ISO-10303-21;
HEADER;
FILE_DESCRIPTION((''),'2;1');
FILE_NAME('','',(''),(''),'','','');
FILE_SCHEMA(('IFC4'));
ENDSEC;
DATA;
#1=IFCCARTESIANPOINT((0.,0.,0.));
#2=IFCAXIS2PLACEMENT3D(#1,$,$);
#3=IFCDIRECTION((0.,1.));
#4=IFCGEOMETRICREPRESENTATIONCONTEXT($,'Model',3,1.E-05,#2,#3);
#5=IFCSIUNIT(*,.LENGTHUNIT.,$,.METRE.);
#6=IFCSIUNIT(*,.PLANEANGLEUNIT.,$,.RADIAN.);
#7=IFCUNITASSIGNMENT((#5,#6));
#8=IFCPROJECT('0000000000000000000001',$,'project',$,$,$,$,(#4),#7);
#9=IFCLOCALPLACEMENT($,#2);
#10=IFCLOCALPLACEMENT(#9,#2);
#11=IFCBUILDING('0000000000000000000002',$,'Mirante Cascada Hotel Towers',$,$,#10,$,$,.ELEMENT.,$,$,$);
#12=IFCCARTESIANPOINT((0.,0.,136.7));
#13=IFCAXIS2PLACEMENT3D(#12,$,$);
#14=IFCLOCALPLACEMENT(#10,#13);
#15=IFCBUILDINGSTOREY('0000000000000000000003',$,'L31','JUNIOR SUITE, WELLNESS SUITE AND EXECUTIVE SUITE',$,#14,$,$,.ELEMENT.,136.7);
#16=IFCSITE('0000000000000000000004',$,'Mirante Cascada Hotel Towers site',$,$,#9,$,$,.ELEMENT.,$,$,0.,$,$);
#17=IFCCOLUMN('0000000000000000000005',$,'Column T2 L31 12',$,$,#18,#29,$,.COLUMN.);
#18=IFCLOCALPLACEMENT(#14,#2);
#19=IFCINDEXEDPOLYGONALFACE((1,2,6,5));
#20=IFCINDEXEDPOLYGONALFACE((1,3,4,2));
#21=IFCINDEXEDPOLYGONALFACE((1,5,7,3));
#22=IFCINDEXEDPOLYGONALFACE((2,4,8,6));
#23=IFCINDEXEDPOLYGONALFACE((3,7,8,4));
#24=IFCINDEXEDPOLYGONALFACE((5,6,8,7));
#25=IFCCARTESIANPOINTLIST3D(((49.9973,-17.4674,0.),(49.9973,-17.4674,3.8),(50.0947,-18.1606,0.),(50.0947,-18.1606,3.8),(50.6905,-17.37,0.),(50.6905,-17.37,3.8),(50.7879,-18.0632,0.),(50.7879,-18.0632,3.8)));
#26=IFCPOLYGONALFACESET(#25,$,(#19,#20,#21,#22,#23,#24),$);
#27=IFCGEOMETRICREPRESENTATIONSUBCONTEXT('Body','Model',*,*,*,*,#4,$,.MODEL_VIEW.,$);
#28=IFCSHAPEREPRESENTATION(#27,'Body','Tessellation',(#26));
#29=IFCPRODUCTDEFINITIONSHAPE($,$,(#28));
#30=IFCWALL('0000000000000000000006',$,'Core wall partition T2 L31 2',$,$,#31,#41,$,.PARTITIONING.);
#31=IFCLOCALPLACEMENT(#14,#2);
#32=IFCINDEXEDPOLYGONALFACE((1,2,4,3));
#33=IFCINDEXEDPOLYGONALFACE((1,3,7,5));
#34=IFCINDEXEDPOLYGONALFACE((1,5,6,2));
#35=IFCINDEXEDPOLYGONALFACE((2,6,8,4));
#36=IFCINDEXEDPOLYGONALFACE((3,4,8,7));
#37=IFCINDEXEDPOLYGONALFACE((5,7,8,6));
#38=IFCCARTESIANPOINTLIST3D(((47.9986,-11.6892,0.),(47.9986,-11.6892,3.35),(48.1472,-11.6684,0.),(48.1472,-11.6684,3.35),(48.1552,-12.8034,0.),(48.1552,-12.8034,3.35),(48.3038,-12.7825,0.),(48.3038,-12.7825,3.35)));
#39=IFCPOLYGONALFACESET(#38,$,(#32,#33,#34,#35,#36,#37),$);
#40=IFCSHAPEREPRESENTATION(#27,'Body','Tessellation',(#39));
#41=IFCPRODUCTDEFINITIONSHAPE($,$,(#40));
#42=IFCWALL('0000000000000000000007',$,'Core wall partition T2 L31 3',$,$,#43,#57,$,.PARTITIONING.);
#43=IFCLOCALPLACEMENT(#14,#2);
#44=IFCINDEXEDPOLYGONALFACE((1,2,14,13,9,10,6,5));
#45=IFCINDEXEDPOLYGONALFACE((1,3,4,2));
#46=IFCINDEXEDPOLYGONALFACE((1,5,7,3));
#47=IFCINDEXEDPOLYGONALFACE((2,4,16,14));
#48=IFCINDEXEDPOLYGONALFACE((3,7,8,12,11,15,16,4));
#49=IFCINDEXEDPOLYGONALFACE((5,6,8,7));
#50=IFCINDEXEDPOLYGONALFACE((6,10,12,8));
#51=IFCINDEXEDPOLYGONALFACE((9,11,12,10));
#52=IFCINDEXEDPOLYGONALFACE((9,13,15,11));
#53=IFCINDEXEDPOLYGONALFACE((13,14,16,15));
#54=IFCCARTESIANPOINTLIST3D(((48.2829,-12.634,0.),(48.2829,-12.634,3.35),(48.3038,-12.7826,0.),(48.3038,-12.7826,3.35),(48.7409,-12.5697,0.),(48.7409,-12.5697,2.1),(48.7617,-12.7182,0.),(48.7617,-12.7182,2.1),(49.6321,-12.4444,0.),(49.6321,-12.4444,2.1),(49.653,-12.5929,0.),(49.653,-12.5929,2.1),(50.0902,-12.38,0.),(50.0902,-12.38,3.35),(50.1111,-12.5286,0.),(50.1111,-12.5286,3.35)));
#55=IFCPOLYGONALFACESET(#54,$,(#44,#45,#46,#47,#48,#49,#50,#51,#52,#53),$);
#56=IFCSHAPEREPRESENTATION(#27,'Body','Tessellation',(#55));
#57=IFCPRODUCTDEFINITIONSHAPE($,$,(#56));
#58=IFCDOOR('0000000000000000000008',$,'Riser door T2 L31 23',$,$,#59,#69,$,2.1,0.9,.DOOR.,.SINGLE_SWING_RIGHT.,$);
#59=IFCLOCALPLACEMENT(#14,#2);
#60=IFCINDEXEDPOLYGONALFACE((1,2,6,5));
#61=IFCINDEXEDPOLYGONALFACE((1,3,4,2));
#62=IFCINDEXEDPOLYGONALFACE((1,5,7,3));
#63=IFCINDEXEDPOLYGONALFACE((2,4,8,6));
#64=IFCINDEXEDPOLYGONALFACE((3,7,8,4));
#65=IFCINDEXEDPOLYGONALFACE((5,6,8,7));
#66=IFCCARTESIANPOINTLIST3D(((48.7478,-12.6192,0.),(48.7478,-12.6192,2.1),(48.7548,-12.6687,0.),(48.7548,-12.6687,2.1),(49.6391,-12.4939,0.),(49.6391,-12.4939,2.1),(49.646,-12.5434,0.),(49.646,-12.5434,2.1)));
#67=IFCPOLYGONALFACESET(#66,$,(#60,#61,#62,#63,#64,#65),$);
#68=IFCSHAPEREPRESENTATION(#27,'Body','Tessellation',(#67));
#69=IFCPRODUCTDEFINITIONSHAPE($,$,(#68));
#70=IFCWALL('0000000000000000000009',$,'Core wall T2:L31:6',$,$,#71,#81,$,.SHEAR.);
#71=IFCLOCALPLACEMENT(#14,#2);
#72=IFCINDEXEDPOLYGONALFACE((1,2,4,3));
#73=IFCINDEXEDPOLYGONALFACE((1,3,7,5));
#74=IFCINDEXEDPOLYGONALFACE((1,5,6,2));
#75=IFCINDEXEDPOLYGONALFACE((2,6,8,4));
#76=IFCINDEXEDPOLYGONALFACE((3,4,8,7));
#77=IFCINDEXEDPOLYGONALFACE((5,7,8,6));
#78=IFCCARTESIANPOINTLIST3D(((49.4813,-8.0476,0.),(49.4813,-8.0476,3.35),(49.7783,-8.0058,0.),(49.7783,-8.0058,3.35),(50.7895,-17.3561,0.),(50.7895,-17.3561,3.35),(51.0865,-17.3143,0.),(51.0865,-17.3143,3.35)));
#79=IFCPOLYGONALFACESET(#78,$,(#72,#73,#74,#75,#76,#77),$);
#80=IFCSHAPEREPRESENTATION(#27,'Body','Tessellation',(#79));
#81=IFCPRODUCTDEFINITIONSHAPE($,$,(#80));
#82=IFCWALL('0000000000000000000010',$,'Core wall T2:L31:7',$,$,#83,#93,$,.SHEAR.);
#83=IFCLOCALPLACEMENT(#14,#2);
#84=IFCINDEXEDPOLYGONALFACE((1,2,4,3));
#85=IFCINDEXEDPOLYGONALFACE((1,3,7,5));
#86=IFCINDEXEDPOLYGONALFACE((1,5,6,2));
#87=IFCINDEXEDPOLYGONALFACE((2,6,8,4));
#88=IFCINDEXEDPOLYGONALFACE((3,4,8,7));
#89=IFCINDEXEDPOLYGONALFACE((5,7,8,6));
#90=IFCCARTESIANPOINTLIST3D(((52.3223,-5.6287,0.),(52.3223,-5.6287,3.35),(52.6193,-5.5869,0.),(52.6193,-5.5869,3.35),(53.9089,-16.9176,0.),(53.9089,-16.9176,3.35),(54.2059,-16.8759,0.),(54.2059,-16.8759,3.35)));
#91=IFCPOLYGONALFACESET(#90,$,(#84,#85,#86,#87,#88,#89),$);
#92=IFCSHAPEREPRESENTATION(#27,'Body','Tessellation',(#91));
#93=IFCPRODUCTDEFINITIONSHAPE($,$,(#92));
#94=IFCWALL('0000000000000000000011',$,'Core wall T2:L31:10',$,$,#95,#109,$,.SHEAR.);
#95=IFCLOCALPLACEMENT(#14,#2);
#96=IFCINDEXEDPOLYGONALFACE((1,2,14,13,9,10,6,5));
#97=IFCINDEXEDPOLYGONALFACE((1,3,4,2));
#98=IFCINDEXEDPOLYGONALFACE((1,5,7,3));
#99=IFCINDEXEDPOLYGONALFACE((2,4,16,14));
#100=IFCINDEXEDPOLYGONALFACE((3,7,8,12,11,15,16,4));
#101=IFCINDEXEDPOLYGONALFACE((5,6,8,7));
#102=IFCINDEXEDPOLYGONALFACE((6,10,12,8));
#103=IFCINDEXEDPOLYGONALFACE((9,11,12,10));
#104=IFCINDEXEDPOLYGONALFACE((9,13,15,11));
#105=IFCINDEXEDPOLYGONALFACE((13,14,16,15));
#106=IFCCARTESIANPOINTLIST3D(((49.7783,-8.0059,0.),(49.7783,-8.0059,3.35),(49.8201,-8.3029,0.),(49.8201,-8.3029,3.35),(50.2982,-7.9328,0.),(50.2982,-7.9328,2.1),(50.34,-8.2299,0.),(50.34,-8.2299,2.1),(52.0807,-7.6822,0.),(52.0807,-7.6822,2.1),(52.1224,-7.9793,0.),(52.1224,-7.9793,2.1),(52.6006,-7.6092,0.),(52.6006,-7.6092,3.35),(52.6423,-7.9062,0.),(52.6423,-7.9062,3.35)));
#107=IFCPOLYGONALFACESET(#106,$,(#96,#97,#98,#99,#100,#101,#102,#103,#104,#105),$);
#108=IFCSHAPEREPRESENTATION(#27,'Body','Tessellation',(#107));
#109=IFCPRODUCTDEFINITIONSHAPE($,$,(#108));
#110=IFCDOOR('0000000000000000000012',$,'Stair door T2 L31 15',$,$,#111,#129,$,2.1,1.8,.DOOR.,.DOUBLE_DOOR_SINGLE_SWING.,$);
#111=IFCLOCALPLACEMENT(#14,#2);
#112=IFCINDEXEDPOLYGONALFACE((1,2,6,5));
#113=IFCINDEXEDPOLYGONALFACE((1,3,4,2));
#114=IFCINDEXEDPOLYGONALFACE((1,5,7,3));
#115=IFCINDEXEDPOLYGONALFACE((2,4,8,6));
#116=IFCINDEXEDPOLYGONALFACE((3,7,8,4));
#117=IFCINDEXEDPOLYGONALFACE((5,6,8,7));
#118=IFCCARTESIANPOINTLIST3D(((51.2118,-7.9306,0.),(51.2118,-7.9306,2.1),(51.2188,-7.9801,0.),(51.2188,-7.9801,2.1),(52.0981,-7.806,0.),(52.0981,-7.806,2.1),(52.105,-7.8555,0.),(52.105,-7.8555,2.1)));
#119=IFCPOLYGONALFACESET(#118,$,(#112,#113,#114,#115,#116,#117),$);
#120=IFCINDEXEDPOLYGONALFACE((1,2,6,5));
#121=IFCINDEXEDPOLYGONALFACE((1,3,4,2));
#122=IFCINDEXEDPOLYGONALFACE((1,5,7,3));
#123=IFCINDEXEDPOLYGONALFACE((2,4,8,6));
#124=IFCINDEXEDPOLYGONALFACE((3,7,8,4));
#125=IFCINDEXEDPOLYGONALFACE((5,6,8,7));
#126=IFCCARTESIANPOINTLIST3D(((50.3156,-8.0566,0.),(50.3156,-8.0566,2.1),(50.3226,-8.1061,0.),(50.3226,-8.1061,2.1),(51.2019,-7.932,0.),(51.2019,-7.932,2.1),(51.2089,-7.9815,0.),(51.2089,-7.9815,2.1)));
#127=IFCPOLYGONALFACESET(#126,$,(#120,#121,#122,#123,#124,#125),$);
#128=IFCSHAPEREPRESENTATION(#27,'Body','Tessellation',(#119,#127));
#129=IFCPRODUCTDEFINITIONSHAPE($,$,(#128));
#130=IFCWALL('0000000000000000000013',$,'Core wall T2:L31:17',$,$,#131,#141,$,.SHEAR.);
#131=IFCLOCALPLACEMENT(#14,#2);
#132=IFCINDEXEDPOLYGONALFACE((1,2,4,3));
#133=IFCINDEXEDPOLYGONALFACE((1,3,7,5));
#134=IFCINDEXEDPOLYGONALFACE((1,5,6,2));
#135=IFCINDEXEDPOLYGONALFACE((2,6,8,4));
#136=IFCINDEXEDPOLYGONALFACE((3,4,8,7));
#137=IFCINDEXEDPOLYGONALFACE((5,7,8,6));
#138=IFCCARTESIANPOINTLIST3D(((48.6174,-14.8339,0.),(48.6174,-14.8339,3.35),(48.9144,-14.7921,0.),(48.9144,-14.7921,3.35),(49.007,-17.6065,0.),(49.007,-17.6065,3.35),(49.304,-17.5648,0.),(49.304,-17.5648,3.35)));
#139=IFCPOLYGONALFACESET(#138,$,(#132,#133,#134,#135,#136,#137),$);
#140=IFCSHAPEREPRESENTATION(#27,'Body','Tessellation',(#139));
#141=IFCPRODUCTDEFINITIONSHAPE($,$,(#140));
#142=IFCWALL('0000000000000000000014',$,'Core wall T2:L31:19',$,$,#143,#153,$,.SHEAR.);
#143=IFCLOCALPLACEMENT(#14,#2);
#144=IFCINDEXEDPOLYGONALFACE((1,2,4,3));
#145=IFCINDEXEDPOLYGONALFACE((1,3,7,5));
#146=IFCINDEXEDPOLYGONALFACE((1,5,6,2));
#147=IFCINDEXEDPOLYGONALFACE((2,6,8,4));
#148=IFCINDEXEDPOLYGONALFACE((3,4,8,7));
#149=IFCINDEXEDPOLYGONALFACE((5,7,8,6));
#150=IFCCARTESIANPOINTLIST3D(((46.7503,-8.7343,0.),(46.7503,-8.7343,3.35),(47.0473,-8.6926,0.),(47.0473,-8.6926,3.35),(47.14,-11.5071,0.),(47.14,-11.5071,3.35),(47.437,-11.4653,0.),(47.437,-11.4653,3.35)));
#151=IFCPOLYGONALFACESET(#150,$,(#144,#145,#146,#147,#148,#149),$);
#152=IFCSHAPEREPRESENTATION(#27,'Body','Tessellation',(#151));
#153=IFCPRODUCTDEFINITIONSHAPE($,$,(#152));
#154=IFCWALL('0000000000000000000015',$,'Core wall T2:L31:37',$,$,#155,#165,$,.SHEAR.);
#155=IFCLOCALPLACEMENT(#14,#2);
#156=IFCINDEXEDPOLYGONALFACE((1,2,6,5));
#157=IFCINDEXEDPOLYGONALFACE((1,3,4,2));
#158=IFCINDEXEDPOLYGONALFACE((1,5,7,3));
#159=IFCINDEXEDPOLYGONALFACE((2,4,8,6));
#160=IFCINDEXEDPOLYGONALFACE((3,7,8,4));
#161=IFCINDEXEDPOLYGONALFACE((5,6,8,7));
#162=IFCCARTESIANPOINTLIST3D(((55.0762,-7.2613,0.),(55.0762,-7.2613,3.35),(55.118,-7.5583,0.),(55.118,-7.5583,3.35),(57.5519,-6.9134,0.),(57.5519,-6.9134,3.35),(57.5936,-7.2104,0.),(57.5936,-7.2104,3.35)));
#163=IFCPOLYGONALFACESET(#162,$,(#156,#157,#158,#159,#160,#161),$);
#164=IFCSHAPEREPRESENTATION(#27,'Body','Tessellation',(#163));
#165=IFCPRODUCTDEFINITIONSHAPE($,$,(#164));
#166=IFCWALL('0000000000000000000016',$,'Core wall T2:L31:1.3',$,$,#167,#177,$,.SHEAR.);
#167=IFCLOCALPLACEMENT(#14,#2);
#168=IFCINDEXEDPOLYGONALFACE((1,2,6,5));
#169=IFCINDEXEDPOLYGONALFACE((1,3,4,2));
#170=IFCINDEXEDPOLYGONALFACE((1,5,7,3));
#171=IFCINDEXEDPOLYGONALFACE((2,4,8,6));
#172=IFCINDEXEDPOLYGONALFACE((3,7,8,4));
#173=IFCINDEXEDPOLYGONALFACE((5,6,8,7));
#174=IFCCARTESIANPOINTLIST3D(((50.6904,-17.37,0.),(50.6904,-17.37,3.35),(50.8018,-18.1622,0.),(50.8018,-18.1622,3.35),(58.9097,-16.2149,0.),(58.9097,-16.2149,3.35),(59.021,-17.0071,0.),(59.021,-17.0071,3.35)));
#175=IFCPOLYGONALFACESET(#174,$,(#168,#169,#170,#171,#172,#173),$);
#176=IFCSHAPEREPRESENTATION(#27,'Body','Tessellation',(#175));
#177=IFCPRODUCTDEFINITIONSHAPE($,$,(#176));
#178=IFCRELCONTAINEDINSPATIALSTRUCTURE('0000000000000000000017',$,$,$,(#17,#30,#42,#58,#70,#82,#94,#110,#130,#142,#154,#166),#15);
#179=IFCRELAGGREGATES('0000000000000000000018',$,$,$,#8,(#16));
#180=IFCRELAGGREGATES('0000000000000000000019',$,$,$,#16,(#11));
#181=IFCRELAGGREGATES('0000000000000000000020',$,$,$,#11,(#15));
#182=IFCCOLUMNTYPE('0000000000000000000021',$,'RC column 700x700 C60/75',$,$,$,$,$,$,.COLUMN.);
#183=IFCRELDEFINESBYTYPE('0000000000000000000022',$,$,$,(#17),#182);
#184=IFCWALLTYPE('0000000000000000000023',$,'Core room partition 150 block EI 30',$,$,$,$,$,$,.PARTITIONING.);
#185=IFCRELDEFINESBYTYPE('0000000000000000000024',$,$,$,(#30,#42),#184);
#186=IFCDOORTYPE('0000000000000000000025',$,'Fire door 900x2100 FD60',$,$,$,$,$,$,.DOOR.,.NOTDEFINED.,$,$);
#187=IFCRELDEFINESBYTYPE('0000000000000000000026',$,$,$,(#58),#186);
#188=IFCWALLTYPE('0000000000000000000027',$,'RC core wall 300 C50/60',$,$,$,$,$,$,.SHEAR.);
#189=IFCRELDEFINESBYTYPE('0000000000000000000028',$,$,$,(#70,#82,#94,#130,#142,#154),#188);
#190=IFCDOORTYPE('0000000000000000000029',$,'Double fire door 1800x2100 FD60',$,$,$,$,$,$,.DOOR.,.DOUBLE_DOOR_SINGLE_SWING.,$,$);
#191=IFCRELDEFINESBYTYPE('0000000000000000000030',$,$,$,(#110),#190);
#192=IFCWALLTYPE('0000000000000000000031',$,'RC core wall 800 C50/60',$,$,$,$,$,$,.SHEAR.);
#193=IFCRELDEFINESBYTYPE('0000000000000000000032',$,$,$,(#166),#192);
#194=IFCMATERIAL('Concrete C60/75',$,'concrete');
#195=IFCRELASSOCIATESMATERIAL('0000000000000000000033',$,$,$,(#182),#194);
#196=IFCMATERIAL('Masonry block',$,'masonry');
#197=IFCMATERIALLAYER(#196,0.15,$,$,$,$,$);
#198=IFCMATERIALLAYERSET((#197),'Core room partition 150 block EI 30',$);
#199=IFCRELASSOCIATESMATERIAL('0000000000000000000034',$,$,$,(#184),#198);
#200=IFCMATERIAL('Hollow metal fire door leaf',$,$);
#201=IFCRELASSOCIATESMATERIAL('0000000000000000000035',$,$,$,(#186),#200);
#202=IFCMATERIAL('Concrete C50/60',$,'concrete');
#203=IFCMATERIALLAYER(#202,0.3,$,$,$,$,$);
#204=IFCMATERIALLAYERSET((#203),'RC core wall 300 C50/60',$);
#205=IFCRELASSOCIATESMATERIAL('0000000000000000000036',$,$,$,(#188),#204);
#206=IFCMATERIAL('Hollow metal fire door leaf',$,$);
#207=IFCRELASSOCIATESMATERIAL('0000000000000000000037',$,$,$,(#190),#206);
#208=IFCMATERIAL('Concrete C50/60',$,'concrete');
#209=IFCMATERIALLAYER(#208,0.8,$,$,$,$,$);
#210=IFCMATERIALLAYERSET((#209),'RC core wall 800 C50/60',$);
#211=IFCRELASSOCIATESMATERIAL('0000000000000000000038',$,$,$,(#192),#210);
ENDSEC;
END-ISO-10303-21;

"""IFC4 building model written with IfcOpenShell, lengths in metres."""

from ifc_helpers import new_model, si_unit, direction, frame, frame_2d, origin, origin_2d, place, context, subcontext, project, spatial, rectangle, extrude, material, layer, layer_set, material_profile, profile_set, type_object, element, fill, save


model = new_model("IFC4")

# Units and contexts
model_context = context("Model", 3, precision=1e-05, world=origin(), true_north=direction((0.0, 1.0)))
body_context = subcontext(model_context, "Body", "Model", "MODEL_VIEW")
ifc_project = project(units=[si_unit("LENGTHUNIT", "METRE"), si_unit("PLANEANGLEUNIT", "RADIAN")], contexts=[model_context])

# Site, building, storey
site_placement = place(None, origin())
site = spatial("IfcSite", under=ifc_project, at=site_placement, Name="Mirante Cascada Hotel Towers site", CompositionType="ELEMENT", RefElevation=0.0)
building_placement = place(site_placement, origin())
building = spatial("IfcBuilding", under=site, at=building_placement, Name="Mirante Cascada Hotel Towers", CompositionType="ELEMENT")
storey_placement = place(building_placement, frame((0.0, 0.0, 136.7)))
storey = spatial("IfcBuildingStorey", under=building, at=storey_placement, Name="L31", Description="JUNIOR SUITE, WELLNESS SUITE AND EXECUTIVE SUITE", CompositionType="ELEMENT", Elevation=136.7)

# Column
ifc_material_1 = material(Name="Concrete C60/75", Category="concrete")
ifc_material_profile = material_profile(ifc_material_1, rectangle(XDim=0.7, YDim=0.7, at=origin_2d()), Name="RC column 700x700 C60/75")
ifc_profile_set = profile_set([ifc_material_profile], Name="Concrete C60/75")
column_type = type_object("IfcColumnType", Name="RC column 700x700 C60/75", PredefinedType="COLUMN", material=ifc_profile_set)
column_placement = place(storey_placement, frame((50.3926, -17.7653, 0.0), z_axis=(0.0, 0.0, 1.0), x_axis=(0.990268, 0.139173, 0.0)))
element("IfcColumn", 1, at=column_placement, inside=storey, type_object=column_type, Name="Column T2 L31 12", PredefinedType="COLUMN", context=body_context, shape_type="SweptSolid", body=[
    extrude(rectangle(XDim=0.7, YDim=0.7, at=origin_2d()), origin(), (0.0, 0.0, 1.0), 3.8),
])

# Wall
ifc_material_2 = material(Name="Masonry block", Category="masonry")
ifc_layer_1 = layer(ifc_material_2, 0.15)
ifc_layer_set_1 = layer_set([ifc_layer_1], Name="Core room partition 150 block EI 30")
wall_type_1 = type_object("IfcWallType", Name="Core room partition 150 block EI 30", PredefinedType="PARTITIONING", material=ifc_layer_set_1)
wall_1_placement = place(storey_placement, frame((48.2295, -12.793, 0.0), z_axis=(0.0, 0.0, 1.0), x_axis=(-0.139193, 0.990265, 0.0)))
element("IfcWall", 2, at=wall_1_placement, inside=storey, type_object=wall_type_1, Name="Core wall partition T2 L31 2", PredefinedType="PARTITIONING", context=body_context, shape_type="SweptSolid", body=[
    extrude(rectangle(XDim=1.1251, YDim=0.15, at=frame_2d((0.5626, 0.0))), origin(), (0.0, 0.0, 1.0), 3.35),
])

# Wall, opening, door
wall_2_placement = place(storey_placement, frame((48.2933, -12.7083, 0.0), z_axis=(0.0, 0.0, 1.0), x_axis=(0.990268, 0.139173, 0.0)))
wall_2 = element("IfcWall", 3, at=wall_2_placement, inside=storey, type_object=wall_type_1, Name="Core wall partition T2 L31 3", PredefinedType="PARTITIONING", context=body_context, shape_type="SweptSolid", body=[
    extrude(rectangle(XDim=1.8251, YDim=0.15, at=frame_2d((0.9126, 0.0))), origin(), (0.0, 0.0, 1.0), 3.35),
])
opening_1_placement = place(wall_2_placement, frame((0.4625, 0.0, 0.0)))
opening_1 = element("IfcOpeningElement", 4, at=opening_1_placement, cuts=wall_2, PredefinedType="OPENING", context=body_context, shape_type="SweptSolid", body=[
    extrude(rectangle(XDim=0.9, YDim=2.1, at=frame_2d((0.45, 1.05))), frame((0.0, 0.075, 0.0), z_axis=(0.0, -1.0, 0.0), x_axis=(1.0, 0.0, 0.0)), (0.0, 0.0, 1.0), 0.15),
])
ifc_material_3 = material(Name="Hollow metal fire door leaf")
door_type_1 = type_object("IfcDoorType", Name="Fire door 900x2100 FD60", OperationType="NOTDEFINED", PredefinedType="DOOR", material=ifc_material_3)
door_1_placement = place(opening_1_placement, frame((0.9, 0.0, 0.0), z_axis=(0.0, 0.0, 1.0), x_axis=(-1.0, 0.0, 0.0)))
door_1 = element("IfcDoor", 5, at=door_1_placement, inside=storey, type_object=door_type_1, Name="Riser door T2 L31 23", OperationType="SINGLE_SWING_RIGHT", OverallHeight=2.1, OverallWidth=0.9, PredefinedType="DOOR", context=body_context, shape_type="SweptSolid", body=[
    extrude(rectangle(XDim=0.9, YDim=2.1, at=frame_2d((0.45, 1.05))), frame((0.0, 0.025, 0.0), z_axis=(0.0, -1.0, 0.0), x_axis=(1.0, 0.0, 0.0)), (0.0, 0.0, 1.0), 0.05),
])
fill(opening_1, door_1)

# Walls
ifc_material_4 = material(Name="Concrete C50/60", Category="concrete")
ifc_layer_2 = layer(ifc_material_4, 0.3)
ifc_layer_set_2 = layer_set([ifc_layer_2], Name="RC core wall 300 C50/60")
wall_type_2 = type_object("IfcWallType", Name="RC core wall 300 C50/60", PredefinedType="SHEAR", material=ifc_layer_set_2)
wall_3_placement = place(storey_placement, frame((50.938, -17.3352, 0.0), z_axis=(0.0, 0.0, 1.0), x_axis=(-0.139171, 0.990268, 0.0)))
element("IfcWall", 6, at=wall_3_placement, inside=storey, type_object=wall_type_2, Name="Core wall T2:L31:6", PredefinedType="SHEAR", context=body_context, shape_type="SweptSolid", body=[
    extrude(rectangle(XDim=9.4, YDim=0.3, at=frame_2d((4.7, 0.0))), origin(), (0.0, 0.0, 1.0), 3.35),
])
wall_4_placement = place(storey_placement, frame((54.0574, -16.8968, 0.0), z_axis=(0.0, 0.0, 1.0), x_axis=(-0.139176, 0.990268, 0.0)))
element("IfcWall", 7, at=wall_4_placement, inside=storey, type_object=wall_type_2, Name="Core wall T2:L31:7", PredefinedType="SHEAR", context=body_context, shape_type="SweptSolid", body=[
    extrude(rectangle(XDim=11.3999, YDim=0.3, at=frame_2d((5.7, 0.0))), origin(), (0.0, 0.0, 1.0), 3.35),
])

# Wall, opening, door
wall_5_placement = place(storey_placement, frame((49.7992, -8.1544, 0.0), z_axis=(0.0, 0.0, 1.0), x_axis=(0.990266, 0.139191, 0.0)))
wall_5 = element("IfcWall", 8, at=wall_5_placement, inside=storey, type_object=wall_type_2, Name="Core wall T2:L31:10", PredefinedType="SHEAR", context=body_context, shape_type="SweptSolid", body=[
    extrude(rectangle(XDim=2.85, YDim=0.3, at=frame_2d((1.425, 0.0))), origin(), (0.0, 0.0, 1.0), 3.35),
])
opening_2_placement = place(wall_5_placement, frame((0.525, 0.0, 0.0)))
opening_2 = element("IfcOpeningElement", 9, at=opening_2_placement, cuts=wall_5, PredefinedType="OPENING", context=body_context, shape_type="SweptSolid", body=[
    extrude(rectangle(XDim=1.8, YDim=2.1, at=frame_2d((0.9, 1.05))), frame((0.0, 0.15, 0.0), z_axis=(0.0, -1.0, 0.0), x_axis=(1.0, 0.0, 0.0)), (0.0, 0.0, 1.0), 0.3),
])
ifc_material_5 = material(Name="Hollow metal fire door leaf")
door_type_2 = type_object("IfcDoorType", Name="Double fire door 1800x2100 FD60", OperationType="DOUBLE_DOOR_SINGLE_SWING", PredefinedType="DOOR", material=ifc_material_5)
door_2_placement = place(opening_2_placement, frame((1.8, 0.0, 0.0), z_axis=(0.0, 0.0, 1.0), x_axis=(-1.0, 0.0, 0.0)))
door_2 = element("IfcDoor", 10, at=door_2_placement, inside=storey, type_object=door_type_2, Name="Stair door T2 L31 15", OperationType="DOUBLE_DOOR_SINGLE_SWING", OverallHeight=2.1, OverallWidth=1.8, PredefinedType="DOOR", context=body_context, shape_type="SweptSolid", body=[
    extrude(rectangle(XDim=0.895, YDim=2.1, at=frame_2d((0.4475, 1.05))), frame((0.0, 0.025, 0.0), z_axis=(0.0, -1.0, 0.0), x_axis=(1.0, 0.0, 0.0)), (0.0, 0.0, 1.0), 0.05),
    extrude(rectangle(XDim=0.895, YDim=2.1, at=frame_2d((1.3525, 1.05))), frame((0.0, 0.025, 0.0), z_axis=(0.0, -1.0, 0.0), x_axis=(1.0, 0.0, 0.0)), (0.0, 0.0, 1.0), 0.05),
])
fill(opening_2, door_2)

# Walls
wall_6_placement = place(storey_placement, frame((49.1555, -17.5857, 0.0), z_axis=(0.0, 0.0, 1.0), x_axis=(-0.139146, 0.990272, 0.0)))
element("IfcWall", 11, at=wall_6_placement, inside=storey, type_object=wall_type_2, Name="Core wall T2:L31:17", PredefinedType="SHEAR", context=body_context, shape_type="SweptSolid", body=[
    extrude(rectangle(XDim=2.7999, YDim=0.3, at=frame_2d((1.4, 0.0))), origin(), (0.0, 0.0, 1.0), 3.35),
])
wall_7_placement = place(storey_placement, frame((47.2885, -11.4862, 0.0), z_axis=(0.0, 0.0, 1.0), x_axis=(-0.139181, 0.990267, 0.0)))
element("IfcWall", 12, at=wall_7_placement, inside=storey, type_object=wall_type_2, Name="Core wall T2:L31:19", PredefinedType="SHEAR", context=body_context, shape_type="SweptSolid", body=[
    extrude(rectangle(XDim=2.8, YDim=0.3, at=frame_2d((1.4, 0.0))), origin(), (0.0, 0.0, 1.0), 3.35),
])

# Walls
wall_8_placement = place(storey_placement, frame((55.0971, -7.4098, 0.0), z_axis=(0.0, 0.0, 1.0), x_axis=(0.99027, 0.139159, 0.0)))
element("IfcWall", 13, at=wall_8_placement, inside=storey, type_object=wall_type_2, Name="Core wall T2:L31:37", PredefinedType="SHEAR", context=body_context, shape_type="SweptSolid", body=[
    extrude(rectangle(XDim=2.5, YDim=0.3, at=frame_2d((1.25, 0.0))), origin(), (0.0, 0.0, 1.0), 3.35),
])
ifc_material_6 = material(Name="Concrete C50/60", Category="concrete")
ifc_layer_3 = layer(ifc_material_6, 0.8)
ifc_layer_set_3 = layer_set([ifc_layer_3], Name="RC core wall 800 C50/60")
wall_type_3 = type_object("IfcWallType", Name="RC core wall 800 C50/60", PredefinedType="SHEAR", material=ifc_layer_set_3)
wall_9_placement = place(storey_placement, frame((50.7461, -17.7661, 0.0), z_axis=(0.0, 0.0, 1.0), x_axis=(0.990269, 0.139169, 0.0)))
element("IfcWall", 14, at=wall_9_placement, inside=storey, type_object=wall_type_3, Name="Core wall T2:L31:1.3", PredefinedType="SHEAR", context=body_context, shape_type="SweptSolid", body=[
    extrude(rectangle(XDim=8.3, YDim=0.8, at=frame_2d((4.15, 0.0))), origin(), (0.0, 0.0, 1.0), 3.35),
])

save(model, "model.ifc")
